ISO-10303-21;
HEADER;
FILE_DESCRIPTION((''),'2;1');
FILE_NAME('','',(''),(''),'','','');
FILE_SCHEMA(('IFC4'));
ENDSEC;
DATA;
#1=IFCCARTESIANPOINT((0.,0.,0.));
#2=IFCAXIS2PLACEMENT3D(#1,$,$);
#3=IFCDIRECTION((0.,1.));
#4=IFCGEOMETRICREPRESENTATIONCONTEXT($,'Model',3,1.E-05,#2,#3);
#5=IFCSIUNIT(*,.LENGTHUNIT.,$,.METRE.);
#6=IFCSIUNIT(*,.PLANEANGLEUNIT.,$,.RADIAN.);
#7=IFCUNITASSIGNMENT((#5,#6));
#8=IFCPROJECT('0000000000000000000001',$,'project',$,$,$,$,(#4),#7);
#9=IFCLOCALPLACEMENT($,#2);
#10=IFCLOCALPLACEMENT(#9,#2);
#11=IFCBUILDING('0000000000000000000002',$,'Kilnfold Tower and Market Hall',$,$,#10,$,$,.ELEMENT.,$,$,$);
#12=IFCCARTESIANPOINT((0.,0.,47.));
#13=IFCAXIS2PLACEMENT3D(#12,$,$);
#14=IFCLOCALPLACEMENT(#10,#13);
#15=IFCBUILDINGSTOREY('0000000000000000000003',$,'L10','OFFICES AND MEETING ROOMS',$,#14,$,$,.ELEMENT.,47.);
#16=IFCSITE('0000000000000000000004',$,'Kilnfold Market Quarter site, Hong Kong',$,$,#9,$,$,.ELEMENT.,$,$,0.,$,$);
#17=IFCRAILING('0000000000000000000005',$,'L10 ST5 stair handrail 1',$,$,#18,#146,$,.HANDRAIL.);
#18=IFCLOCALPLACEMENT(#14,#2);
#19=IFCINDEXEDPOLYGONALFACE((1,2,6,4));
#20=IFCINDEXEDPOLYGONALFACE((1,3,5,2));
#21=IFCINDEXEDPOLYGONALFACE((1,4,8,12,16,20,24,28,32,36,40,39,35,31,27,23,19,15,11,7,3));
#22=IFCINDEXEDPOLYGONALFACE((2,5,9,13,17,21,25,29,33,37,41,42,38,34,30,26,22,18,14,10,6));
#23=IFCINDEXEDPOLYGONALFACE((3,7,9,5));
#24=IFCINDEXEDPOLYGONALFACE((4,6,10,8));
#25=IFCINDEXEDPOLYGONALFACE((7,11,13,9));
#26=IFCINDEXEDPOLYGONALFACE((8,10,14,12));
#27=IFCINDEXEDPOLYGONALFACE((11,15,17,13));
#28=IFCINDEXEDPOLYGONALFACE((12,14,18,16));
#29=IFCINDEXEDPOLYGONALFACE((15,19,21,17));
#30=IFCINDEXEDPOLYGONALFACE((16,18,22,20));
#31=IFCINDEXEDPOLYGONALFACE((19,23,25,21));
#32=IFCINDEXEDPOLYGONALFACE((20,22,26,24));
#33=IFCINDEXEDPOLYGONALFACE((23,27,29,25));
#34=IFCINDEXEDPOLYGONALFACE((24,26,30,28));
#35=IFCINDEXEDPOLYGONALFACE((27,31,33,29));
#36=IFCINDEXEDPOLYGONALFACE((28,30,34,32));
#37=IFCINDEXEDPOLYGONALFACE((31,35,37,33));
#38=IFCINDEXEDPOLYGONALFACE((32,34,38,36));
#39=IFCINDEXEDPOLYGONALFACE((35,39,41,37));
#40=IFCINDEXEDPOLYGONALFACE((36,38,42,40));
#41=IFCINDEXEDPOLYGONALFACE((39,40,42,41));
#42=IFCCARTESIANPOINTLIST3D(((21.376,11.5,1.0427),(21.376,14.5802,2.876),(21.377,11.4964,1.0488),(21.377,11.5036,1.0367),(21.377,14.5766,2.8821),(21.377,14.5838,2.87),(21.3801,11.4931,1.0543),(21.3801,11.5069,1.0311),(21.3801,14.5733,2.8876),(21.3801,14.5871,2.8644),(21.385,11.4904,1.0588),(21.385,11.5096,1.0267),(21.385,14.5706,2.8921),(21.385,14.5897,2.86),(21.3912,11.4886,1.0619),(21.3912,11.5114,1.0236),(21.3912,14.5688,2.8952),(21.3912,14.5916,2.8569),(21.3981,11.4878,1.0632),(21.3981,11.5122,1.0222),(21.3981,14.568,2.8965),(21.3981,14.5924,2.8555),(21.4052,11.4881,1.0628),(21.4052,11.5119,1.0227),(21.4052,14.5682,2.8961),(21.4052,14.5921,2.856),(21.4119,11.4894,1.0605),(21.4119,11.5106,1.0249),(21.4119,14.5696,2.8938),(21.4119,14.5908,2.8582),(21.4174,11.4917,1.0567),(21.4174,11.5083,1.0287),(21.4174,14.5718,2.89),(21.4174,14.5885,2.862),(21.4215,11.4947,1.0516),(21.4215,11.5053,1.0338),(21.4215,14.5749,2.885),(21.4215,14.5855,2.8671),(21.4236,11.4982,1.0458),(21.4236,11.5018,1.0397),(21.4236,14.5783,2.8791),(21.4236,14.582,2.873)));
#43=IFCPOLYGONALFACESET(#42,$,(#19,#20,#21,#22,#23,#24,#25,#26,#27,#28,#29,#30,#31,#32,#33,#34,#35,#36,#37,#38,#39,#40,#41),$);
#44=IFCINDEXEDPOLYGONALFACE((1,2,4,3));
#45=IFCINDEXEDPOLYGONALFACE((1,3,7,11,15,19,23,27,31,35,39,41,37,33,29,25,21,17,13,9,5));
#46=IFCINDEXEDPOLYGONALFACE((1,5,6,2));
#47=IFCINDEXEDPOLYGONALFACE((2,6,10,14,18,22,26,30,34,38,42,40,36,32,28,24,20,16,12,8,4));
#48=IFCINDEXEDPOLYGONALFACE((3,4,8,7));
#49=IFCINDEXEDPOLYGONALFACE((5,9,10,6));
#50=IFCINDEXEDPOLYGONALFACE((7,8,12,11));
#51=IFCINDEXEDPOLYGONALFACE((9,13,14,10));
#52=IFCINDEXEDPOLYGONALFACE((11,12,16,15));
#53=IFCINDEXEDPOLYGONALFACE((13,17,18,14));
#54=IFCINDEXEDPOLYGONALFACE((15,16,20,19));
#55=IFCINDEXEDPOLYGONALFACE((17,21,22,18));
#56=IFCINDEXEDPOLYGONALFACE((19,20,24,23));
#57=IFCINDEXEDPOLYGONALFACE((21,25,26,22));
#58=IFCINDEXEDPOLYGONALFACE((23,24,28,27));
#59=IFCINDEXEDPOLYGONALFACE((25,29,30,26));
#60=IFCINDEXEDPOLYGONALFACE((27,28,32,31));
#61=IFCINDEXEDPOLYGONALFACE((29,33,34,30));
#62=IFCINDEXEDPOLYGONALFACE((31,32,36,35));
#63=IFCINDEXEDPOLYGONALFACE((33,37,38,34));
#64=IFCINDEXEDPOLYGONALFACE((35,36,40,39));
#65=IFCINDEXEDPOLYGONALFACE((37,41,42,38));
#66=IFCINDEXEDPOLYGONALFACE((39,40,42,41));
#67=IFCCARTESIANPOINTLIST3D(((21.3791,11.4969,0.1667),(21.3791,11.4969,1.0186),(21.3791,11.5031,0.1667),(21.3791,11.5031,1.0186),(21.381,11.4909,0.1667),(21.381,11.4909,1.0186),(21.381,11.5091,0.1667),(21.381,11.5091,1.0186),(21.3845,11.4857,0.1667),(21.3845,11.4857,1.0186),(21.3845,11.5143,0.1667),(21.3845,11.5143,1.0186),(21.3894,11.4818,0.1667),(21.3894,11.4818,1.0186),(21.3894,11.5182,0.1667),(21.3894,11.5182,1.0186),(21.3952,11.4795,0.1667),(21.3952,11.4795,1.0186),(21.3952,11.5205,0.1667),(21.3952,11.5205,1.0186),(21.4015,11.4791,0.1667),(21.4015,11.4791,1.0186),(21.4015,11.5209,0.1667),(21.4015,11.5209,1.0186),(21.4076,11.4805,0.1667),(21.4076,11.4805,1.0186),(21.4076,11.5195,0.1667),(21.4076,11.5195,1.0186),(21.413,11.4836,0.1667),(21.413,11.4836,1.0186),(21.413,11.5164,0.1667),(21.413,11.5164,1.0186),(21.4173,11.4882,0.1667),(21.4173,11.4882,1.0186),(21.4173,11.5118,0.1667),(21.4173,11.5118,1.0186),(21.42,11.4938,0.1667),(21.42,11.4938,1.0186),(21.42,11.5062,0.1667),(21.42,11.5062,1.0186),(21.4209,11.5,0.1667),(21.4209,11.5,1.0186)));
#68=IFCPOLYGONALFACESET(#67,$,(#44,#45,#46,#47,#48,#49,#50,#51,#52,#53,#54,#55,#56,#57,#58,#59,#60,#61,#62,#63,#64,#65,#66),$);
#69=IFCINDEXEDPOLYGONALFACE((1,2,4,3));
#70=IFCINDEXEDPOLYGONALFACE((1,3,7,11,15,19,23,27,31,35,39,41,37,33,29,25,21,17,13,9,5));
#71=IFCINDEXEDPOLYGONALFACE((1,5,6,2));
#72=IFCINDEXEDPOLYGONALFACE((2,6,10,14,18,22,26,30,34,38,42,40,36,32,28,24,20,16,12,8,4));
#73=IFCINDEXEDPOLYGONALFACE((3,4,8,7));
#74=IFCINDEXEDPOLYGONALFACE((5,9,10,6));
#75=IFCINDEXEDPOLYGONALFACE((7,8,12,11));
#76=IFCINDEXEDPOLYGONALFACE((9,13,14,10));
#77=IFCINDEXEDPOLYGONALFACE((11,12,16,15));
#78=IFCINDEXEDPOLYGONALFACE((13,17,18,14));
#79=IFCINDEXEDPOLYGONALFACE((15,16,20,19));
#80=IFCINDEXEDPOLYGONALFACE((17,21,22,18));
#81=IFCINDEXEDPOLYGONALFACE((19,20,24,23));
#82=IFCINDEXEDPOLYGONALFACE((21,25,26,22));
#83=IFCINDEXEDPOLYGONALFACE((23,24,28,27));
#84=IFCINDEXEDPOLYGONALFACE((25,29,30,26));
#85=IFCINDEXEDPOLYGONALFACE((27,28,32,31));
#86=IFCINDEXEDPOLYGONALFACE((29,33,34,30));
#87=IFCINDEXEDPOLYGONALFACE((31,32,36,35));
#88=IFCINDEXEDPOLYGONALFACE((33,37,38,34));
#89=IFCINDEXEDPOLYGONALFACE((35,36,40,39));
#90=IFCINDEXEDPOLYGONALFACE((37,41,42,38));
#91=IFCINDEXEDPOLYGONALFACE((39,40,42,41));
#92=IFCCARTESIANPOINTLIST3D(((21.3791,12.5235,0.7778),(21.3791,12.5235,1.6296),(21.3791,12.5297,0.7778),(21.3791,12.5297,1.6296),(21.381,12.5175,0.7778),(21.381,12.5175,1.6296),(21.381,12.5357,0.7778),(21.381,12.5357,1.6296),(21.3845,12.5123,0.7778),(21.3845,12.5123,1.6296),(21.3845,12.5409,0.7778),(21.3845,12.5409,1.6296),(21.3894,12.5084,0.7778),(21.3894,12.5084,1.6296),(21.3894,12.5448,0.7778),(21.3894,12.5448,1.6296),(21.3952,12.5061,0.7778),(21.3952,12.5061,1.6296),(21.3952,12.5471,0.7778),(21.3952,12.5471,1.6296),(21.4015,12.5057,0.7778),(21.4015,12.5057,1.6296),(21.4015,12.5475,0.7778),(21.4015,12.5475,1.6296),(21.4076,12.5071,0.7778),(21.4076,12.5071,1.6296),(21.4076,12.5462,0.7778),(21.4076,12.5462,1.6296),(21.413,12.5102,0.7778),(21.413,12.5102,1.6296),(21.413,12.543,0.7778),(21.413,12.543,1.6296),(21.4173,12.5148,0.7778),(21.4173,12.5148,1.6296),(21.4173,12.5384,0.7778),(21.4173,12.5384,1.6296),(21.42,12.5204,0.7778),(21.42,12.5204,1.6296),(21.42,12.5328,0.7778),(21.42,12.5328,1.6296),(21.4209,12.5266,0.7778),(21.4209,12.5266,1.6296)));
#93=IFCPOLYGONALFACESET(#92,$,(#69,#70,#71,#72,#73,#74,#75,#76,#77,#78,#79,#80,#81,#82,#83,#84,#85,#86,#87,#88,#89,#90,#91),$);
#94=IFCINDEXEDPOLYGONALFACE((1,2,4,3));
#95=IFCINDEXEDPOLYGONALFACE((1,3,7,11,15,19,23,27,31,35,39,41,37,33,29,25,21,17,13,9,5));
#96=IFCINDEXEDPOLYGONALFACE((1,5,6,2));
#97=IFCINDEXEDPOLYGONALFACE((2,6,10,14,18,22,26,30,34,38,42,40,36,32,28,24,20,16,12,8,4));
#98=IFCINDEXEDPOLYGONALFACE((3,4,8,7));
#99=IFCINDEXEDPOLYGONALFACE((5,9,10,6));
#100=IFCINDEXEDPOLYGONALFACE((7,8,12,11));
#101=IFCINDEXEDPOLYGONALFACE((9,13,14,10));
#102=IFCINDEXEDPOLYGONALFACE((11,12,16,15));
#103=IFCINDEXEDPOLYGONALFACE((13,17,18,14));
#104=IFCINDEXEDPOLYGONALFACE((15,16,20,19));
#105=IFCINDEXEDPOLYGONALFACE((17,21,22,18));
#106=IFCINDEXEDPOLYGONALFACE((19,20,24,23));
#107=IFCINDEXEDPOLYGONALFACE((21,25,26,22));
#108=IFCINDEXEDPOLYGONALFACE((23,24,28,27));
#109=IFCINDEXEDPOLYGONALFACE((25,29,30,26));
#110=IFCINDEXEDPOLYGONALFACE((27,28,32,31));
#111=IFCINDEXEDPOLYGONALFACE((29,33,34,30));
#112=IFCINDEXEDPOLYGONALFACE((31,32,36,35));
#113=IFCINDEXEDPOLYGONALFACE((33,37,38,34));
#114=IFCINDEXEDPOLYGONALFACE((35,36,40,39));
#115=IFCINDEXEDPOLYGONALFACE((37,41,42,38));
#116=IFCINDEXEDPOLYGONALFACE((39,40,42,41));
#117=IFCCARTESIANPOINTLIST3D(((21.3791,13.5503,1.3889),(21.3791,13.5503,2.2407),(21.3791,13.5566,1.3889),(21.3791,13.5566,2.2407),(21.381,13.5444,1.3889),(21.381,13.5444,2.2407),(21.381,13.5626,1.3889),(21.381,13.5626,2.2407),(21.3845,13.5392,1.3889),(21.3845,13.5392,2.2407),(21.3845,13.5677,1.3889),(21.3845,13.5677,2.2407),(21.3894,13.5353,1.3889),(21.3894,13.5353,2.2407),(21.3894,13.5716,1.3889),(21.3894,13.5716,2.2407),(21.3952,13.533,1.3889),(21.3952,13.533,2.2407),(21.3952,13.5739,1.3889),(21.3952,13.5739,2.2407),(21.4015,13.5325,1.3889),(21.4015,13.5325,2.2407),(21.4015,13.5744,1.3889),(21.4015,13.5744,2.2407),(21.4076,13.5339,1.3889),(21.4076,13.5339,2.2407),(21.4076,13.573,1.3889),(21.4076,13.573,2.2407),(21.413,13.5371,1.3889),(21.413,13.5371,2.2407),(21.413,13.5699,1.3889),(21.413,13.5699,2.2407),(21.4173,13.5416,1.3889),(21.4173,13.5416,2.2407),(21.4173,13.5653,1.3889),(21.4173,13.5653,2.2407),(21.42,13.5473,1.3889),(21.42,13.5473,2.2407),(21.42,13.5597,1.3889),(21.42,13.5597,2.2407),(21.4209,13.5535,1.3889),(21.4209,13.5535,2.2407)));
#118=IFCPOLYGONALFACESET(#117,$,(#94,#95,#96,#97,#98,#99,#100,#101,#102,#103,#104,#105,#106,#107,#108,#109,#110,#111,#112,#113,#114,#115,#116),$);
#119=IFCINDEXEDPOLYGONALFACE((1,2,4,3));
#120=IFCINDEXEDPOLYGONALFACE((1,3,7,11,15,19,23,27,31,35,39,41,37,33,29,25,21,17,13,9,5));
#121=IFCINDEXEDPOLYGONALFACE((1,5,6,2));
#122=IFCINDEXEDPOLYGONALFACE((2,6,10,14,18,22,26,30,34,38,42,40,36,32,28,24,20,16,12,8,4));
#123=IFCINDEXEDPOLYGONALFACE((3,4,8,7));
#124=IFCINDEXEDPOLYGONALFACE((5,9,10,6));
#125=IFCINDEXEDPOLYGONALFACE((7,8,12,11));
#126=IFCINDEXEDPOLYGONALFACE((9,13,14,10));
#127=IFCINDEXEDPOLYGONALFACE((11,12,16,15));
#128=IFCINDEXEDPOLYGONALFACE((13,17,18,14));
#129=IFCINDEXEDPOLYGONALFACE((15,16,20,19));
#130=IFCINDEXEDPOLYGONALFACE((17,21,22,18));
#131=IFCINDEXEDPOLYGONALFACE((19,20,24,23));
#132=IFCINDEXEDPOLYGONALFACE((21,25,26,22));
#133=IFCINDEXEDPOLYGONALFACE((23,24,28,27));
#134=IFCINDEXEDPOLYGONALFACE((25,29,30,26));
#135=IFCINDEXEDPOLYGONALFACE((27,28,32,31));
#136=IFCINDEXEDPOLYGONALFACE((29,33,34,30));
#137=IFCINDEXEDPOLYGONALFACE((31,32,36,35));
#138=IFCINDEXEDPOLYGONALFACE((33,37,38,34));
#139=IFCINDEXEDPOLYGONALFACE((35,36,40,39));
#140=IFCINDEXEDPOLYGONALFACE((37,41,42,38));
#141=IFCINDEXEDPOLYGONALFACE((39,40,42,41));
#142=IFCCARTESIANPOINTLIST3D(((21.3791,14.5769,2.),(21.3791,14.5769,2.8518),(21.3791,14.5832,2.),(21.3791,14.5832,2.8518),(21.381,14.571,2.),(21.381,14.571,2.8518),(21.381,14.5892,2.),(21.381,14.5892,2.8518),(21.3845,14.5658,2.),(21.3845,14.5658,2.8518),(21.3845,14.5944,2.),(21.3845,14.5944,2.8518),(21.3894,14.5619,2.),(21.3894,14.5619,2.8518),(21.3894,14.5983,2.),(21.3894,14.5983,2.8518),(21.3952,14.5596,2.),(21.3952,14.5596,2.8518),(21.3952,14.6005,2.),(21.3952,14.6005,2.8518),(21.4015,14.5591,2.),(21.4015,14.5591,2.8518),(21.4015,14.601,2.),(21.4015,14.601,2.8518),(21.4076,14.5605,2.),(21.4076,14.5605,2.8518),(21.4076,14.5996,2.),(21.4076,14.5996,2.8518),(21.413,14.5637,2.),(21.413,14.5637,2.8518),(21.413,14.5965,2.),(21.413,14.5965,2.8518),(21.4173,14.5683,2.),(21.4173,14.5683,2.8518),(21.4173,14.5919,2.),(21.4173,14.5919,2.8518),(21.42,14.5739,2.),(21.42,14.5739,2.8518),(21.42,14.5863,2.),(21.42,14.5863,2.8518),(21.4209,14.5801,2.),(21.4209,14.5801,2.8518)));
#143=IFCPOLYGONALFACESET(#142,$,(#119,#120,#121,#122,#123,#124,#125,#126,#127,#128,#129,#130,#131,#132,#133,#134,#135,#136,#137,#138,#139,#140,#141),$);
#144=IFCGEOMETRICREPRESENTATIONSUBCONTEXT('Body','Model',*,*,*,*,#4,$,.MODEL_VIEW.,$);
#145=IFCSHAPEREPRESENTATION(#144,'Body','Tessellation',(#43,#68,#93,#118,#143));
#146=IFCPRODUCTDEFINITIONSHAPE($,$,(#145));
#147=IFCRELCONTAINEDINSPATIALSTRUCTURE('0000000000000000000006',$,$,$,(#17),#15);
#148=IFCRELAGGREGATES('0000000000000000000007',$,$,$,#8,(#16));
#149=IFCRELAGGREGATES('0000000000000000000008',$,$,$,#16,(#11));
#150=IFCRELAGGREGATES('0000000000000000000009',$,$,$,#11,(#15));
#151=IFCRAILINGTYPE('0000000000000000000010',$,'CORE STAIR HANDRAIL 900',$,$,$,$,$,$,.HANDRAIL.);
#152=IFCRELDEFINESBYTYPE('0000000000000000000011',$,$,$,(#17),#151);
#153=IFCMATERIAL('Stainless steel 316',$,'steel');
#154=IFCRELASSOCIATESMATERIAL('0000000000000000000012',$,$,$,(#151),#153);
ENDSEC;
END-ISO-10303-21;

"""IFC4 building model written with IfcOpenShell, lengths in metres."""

from ifc_helpers import new_model, si_unit, direction, frame, origin, origin_2d, place, context, subcontext, project, spatial, circle, extrude, material, type_object, element, save


model = new_model("IFC4")

# Units and contexts
model_context = context("Model", 3, precision=1e-05, world=origin(), true_north=direction((0.0, 1.0)))
body_context = subcontext(model_context, "Body", "Model", "MODEL_VIEW")
ifc_project = project(units=[si_unit("LENGTHUNIT", "METRE"), si_unit("PLANEANGLEUNIT", "RADIAN")], contexts=[model_context])

# Site, building, storey
site_placement = place(None, origin())
site = spatial("IfcSite", under=ifc_project, at=site_placement, Name="Kilnfold Market Quarter site, Hong Kong", CompositionType="ELEMENT", RefElevation=0.0)
building_placement = place(site_placement, origin())
building = spatial("IfcBuilding", under=site, at=building_placement, Name="Kilnfold Tower and Market Hall", CompositionType="ELEMENT")
storey_placement = place(building_placement, frame((0.0, 0.0, 47.0)))
storey = spatial("IfcBuildingStorey", under=building, at=storey_placement, Name="L10", Description="OFFICES AND MEETING ROOMS", CompositionType="ELEMENT", Elevation=47.0)

# Railing
ifc_material_1 = material(Name="Stainless steel 316", Category="steel")
railing_type_1 = type_object("IfcRailingType", Name="CORE STAIR HANDRAIL 900", PredefinedType="HANDRAIL", material=ifc_material_1)
railing_1_placement = place(storey_placement, frame((21.3999, 11.5, 0.1667)))
element("IfcRailing", 1, at=railing_1_placement, inside=storey, type_object=railing_type_1, Name="L10 ST5 stair handrail 1", PredefinedType="HANDRAIL", context=body_context, shape_type="SweptSolid", body=[
    extrude(circle(Radius=0.0239, at=origin_2d()), frame((0.0, 0.0, 0.876), z_axis=(0.0, 0.859309, 0.511458), x_axis=(-1.0, 0.0, 0.0)), (0.0, 0.0, 1.0), 3.5845),
    extrude(circle(Radius=0.021, at=origin_2d()), origin(), (0.0, 0.0, 1.0), 0.8518),
    extrude(circle(Radius=0.021, at=origin_2d()), frame((0.0, 1.0266, 0.6111)), (0.0, 0.0, 1.0), 0.8518),
    extrude(circle(Radius=0.021, at=origin_2d()), frame((0.0, 2.0535, 1.2222)), (0.0, 0.0, 1.0), 0.8518),
    extrude(circle(Radius=0.021, at=origin_2d()), frame((0.0, 3.0801, 1.8333)), (0.0, 0.0, 1.0), 0.8518),
])

save(model, "model.ifc")
